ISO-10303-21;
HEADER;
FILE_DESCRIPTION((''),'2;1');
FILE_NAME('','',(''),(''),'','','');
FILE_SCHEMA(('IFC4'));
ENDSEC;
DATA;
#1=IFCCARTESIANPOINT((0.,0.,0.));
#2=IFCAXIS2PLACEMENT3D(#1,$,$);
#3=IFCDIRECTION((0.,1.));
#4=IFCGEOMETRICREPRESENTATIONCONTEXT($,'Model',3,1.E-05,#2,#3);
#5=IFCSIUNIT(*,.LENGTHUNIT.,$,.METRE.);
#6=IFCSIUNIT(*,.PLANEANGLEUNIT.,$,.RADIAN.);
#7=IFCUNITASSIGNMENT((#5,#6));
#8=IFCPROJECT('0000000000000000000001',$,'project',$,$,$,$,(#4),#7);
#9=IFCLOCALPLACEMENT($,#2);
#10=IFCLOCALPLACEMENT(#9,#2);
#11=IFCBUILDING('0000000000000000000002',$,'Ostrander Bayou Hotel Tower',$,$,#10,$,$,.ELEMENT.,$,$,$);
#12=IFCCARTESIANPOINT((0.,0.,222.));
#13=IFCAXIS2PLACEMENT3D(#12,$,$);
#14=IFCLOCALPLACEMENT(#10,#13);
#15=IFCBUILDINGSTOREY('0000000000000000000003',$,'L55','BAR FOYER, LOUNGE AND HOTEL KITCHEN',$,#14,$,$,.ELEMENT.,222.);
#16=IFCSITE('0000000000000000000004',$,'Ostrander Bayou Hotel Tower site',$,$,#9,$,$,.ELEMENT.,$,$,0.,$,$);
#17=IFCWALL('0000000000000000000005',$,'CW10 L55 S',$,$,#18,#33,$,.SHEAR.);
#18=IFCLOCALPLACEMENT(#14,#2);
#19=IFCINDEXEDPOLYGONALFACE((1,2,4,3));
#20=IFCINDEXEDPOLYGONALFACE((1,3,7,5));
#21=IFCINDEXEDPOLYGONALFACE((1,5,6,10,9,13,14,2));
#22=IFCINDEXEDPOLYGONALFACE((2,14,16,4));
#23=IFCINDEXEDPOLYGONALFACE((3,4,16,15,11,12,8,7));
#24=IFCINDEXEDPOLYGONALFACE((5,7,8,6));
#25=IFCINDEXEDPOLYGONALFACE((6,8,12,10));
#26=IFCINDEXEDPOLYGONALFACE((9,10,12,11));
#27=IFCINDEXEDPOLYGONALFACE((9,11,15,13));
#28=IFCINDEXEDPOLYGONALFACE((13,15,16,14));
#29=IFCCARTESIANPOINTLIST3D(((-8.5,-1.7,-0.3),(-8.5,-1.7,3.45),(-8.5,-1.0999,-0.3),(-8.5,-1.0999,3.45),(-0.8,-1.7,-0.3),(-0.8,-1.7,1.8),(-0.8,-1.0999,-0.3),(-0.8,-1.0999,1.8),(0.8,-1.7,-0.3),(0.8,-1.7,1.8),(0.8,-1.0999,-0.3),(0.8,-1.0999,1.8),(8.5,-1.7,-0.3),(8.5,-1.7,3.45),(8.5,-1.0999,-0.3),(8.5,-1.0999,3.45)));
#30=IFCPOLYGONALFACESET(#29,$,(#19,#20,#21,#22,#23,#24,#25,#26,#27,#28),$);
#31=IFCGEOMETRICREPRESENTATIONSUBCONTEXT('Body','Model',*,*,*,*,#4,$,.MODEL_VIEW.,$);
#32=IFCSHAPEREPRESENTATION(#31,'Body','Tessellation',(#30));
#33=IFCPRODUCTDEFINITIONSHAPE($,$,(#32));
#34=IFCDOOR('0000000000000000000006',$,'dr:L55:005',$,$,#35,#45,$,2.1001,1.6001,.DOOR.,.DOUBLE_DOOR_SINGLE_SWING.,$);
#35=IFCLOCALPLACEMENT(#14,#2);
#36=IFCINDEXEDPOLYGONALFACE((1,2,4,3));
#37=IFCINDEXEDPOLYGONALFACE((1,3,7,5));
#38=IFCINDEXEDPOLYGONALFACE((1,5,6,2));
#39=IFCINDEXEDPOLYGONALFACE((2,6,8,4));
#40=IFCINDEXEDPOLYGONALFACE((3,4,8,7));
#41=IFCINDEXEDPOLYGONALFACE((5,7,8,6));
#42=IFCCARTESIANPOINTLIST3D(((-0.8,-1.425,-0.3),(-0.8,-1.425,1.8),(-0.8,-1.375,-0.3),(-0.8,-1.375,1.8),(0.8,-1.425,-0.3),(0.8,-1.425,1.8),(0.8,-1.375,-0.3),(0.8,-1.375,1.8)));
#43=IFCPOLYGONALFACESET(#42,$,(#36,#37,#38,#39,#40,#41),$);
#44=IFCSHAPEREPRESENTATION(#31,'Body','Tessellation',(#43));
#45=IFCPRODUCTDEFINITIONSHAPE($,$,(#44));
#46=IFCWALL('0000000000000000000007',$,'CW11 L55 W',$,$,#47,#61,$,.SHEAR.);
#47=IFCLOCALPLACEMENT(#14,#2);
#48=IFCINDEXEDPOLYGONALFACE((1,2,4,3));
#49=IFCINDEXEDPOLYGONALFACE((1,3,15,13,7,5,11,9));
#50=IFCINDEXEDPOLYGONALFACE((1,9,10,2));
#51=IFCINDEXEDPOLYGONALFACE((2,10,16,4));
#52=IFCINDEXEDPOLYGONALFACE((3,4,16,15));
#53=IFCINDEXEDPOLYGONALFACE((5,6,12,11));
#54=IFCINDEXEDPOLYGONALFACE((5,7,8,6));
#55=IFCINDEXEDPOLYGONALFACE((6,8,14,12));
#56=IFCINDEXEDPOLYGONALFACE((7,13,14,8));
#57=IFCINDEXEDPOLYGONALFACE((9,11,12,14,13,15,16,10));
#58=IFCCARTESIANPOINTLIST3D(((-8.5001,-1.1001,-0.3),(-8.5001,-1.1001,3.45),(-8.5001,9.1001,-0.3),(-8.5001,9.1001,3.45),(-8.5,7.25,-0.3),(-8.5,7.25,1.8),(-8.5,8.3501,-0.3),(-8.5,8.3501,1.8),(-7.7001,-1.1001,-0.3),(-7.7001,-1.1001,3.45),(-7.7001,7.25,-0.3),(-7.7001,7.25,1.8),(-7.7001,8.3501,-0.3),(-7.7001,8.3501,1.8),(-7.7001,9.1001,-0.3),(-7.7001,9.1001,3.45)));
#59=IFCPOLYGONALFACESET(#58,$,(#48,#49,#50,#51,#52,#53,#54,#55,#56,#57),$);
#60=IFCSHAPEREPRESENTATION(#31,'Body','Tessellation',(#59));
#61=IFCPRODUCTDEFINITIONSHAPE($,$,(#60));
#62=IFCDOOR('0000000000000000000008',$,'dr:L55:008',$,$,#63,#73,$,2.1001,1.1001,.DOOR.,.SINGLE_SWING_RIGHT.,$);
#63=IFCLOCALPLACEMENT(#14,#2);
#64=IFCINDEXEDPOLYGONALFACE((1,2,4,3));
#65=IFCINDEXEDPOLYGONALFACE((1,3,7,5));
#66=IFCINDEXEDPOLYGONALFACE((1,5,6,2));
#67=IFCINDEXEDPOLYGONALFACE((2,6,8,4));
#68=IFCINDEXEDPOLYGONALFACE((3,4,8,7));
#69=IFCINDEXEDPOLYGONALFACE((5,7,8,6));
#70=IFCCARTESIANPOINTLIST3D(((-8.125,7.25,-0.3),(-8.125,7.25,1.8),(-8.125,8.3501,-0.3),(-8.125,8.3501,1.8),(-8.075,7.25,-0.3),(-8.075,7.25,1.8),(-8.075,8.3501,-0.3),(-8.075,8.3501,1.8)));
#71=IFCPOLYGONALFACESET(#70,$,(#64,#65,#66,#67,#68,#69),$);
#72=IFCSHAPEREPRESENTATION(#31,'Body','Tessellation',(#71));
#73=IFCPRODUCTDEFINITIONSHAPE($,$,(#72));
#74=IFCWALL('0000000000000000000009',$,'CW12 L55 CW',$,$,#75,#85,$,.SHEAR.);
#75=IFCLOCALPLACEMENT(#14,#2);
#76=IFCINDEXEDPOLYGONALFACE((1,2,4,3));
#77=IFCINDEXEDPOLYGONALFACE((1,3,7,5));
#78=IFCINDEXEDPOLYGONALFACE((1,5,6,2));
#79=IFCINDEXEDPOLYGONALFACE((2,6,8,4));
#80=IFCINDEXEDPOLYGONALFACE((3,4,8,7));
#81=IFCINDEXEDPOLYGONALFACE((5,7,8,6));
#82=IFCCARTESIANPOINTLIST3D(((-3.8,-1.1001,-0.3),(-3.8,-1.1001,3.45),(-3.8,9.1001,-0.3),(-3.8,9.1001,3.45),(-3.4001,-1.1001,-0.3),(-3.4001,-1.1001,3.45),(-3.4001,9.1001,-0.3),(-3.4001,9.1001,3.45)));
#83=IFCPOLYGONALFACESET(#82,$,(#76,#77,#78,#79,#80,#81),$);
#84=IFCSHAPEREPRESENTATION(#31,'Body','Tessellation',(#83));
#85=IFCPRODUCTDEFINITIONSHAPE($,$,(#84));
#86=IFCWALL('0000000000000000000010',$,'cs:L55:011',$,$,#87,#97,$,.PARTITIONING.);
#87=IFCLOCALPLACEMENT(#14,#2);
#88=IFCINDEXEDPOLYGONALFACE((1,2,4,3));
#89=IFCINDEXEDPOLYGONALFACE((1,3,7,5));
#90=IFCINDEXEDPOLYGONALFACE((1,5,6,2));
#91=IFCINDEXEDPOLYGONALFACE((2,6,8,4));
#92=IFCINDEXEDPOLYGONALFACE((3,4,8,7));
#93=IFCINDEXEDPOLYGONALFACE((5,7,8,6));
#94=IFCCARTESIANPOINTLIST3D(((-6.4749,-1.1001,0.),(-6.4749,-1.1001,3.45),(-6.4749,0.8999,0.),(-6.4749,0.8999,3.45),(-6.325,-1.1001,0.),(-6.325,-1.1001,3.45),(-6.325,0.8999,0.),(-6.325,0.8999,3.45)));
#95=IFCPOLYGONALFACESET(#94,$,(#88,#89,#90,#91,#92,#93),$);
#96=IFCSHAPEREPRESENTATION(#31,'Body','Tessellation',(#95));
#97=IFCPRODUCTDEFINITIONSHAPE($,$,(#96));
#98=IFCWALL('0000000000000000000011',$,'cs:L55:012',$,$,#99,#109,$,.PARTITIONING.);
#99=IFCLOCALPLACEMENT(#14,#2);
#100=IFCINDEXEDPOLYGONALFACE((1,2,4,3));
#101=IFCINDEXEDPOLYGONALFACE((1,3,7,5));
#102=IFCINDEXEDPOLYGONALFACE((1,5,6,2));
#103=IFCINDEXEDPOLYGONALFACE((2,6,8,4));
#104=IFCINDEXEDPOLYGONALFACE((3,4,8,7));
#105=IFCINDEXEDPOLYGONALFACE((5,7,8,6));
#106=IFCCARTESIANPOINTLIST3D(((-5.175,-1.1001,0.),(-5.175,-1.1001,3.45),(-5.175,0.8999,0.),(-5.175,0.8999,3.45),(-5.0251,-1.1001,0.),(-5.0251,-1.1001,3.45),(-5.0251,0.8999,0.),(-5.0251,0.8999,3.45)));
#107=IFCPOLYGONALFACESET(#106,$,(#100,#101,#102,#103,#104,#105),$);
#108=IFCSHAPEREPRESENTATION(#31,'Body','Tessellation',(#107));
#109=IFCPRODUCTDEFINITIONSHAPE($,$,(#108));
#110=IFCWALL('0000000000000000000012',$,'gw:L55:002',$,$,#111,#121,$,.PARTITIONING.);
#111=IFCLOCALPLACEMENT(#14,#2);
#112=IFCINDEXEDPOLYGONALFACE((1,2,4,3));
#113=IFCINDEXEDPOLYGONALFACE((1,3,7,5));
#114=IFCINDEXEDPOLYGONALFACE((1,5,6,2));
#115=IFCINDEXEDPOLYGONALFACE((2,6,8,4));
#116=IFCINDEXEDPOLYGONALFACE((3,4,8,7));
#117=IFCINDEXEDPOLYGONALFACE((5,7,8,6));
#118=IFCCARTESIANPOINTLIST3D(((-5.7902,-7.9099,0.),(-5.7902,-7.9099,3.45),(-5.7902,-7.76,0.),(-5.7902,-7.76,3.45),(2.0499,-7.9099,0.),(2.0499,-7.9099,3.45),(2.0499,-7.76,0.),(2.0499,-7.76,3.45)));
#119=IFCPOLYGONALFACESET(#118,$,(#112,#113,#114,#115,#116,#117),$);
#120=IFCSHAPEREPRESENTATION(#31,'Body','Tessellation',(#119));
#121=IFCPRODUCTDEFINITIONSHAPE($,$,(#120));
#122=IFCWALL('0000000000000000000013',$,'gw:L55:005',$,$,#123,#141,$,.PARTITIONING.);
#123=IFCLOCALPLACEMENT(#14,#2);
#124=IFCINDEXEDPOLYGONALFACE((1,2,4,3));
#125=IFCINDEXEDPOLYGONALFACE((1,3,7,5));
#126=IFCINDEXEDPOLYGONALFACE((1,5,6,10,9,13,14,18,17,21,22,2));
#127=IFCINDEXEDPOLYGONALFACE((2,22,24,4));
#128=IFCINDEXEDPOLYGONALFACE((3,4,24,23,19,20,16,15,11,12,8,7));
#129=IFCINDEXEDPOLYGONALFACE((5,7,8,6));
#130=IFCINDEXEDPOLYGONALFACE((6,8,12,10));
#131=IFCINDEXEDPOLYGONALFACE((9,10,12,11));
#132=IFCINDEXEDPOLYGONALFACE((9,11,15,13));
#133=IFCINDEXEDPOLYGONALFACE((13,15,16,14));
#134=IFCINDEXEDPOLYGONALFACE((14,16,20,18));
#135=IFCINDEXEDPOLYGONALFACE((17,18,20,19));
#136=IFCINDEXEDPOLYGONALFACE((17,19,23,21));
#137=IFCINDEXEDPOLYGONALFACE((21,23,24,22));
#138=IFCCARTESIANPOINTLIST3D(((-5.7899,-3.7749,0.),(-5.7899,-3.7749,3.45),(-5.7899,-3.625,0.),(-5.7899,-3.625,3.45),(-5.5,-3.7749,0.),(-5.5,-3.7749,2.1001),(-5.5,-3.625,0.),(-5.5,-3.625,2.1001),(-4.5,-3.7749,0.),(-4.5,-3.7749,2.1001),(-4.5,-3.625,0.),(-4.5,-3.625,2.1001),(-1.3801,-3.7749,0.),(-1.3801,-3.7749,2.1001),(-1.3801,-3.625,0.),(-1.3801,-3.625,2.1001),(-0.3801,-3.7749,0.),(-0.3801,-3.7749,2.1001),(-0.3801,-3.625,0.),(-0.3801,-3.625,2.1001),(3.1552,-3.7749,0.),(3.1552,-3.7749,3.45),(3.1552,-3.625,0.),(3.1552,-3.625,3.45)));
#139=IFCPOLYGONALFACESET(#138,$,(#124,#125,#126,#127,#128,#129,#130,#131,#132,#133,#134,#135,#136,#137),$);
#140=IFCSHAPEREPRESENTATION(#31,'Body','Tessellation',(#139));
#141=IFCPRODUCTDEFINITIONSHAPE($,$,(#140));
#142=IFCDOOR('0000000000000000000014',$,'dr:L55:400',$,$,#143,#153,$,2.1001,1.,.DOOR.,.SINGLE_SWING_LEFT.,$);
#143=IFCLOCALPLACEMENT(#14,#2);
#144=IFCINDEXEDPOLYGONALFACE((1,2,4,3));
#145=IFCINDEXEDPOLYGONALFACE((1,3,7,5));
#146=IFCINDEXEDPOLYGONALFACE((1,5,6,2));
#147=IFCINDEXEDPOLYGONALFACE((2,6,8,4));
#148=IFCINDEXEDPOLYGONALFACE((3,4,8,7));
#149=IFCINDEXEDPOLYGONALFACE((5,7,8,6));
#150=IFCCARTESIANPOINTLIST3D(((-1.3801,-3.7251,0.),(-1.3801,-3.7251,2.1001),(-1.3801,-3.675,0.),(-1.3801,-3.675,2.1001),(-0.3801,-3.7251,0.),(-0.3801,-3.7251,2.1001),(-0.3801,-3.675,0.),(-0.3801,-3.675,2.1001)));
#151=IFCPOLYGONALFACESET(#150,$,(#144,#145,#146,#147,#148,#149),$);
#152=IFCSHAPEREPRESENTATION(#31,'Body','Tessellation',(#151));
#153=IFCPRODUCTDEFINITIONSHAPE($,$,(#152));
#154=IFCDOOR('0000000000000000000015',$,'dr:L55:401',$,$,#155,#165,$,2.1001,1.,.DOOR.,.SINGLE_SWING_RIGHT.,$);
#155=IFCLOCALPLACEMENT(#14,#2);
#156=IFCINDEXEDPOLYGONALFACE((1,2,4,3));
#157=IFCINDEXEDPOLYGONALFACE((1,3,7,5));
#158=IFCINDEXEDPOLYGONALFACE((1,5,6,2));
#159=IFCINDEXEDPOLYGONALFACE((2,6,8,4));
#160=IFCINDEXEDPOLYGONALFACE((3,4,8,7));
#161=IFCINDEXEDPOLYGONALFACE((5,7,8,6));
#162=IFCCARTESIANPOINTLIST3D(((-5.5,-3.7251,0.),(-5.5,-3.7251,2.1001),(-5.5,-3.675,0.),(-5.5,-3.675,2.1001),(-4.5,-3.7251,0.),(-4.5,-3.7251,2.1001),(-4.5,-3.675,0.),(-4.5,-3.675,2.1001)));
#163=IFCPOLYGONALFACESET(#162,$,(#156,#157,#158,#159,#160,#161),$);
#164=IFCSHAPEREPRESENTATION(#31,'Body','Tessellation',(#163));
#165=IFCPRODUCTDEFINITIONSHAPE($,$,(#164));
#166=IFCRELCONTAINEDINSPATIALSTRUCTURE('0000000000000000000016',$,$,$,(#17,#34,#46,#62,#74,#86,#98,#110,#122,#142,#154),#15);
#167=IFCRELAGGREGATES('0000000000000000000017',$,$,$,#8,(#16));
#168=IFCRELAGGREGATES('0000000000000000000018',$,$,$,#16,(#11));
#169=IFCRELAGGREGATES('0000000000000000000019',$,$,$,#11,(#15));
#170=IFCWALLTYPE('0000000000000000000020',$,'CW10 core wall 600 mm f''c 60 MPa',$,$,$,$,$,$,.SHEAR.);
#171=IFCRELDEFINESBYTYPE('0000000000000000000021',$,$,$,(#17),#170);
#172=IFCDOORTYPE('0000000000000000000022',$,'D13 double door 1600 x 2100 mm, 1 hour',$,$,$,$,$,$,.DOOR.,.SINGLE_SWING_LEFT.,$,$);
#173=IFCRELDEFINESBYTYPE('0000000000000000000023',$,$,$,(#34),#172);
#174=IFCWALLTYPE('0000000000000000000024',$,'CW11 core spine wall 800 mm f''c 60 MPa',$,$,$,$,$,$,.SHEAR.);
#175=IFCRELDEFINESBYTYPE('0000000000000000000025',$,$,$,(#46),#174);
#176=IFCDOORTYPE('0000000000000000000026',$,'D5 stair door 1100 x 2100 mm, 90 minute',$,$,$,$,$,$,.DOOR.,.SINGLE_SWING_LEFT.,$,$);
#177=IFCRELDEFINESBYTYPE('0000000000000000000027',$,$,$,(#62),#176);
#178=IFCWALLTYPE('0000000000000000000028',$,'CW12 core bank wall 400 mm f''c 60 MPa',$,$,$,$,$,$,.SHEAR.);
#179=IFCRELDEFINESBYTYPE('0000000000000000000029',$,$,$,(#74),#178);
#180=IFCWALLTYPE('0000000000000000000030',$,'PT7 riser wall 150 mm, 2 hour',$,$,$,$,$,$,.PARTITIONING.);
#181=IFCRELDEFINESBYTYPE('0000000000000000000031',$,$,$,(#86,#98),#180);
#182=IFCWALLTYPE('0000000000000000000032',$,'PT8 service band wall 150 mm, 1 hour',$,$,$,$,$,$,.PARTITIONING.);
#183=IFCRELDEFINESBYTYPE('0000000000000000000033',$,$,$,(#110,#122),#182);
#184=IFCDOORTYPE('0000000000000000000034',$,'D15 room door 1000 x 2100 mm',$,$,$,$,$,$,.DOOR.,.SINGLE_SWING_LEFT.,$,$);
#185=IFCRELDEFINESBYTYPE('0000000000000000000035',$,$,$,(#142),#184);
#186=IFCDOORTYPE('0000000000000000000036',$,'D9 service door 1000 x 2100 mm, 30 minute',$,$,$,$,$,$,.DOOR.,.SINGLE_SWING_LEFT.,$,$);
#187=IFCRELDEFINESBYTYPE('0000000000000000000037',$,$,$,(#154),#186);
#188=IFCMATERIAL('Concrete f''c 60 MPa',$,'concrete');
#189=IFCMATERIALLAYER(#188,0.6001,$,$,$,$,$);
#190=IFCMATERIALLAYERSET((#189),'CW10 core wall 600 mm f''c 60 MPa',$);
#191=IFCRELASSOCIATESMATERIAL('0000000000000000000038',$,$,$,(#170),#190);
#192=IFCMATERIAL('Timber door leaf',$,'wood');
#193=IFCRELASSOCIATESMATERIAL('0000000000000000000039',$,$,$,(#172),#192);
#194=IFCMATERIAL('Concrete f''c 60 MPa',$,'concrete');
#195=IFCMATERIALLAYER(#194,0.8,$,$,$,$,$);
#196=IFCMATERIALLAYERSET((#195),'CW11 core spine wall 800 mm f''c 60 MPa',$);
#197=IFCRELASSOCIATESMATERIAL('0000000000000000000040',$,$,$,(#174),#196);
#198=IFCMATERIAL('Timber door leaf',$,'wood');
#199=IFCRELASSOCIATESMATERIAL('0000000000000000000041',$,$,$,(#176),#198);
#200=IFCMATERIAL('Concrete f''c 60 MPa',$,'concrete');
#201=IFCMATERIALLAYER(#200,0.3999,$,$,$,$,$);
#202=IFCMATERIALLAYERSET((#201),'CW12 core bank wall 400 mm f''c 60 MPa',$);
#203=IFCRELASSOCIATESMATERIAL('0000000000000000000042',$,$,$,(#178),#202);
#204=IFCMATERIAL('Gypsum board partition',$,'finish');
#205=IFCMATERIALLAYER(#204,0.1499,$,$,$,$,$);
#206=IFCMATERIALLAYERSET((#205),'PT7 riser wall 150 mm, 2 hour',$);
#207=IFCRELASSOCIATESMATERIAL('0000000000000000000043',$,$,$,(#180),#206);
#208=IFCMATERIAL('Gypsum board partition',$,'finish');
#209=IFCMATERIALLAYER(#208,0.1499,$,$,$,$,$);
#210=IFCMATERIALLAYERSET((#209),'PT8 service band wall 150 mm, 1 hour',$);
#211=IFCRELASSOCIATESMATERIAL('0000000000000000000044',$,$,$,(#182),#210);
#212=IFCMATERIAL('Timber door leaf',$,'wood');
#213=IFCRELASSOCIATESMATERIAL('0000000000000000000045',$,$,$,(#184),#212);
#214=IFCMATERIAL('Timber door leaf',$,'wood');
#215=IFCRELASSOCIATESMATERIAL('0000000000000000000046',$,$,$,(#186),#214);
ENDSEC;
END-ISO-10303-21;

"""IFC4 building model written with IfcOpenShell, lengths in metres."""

from ifc_helpers import new_model, si_unit, direction, frame, frame_2d, origin, place, context, subcontext, project, spatial, rectangle, extrude, material, layer, layer_set, type_object, element, fill, save


model = new_model("IFC4")

# Units and contexts
model_context = context("Model", 3, precision=1e-05, world=origin(), true_north=direction((0.0, 1.0)))
body_context = subcontext(model_context, "Body", "Model", "MODEL_VIEW")
ifc_project = project(units=[si_unit("LENGTHUNIT", "METRE"), si_unit("PLANEANGLEUNIT", "RADIAN")], contexts=[model_context])

# Site, building, storey
site_placement = place(None, origin())
site = spatial("IfcSite", under=ifc_project, at=site_placement, Name="Ostrander Bayou Hotel Tower site", CompositionType="ELEMENT", RefElevation=0.0)
building_placement = place(site_placement, origin())
building = spatial("IfcBuilding", under=site, at=building_placement, Name="Ostrander Bayou Hotel Tower", CompositionType="ELEMENT")
storey_placement = place(building_placement, frame((0.0, 0.0, 222.0)))
storey = spatial("IfcBuildingStorey", under=building, at=storey_placement, Name="L55", Description="BAR FOYER, LOUNGE AND HOTEL KITCHEN", CompositionType="ELEMENT", Elevation=222.0)

# Walls, openings, doors
ifc_material_1 = material(Name="Concrete f'c 60 MPa", Category="concrete")
ifc_layer_1 = layer(ifc_material_1, 0.6001)
ifc_layer_set_1 = layer_set([ifc_layer_1], Name="CW10 core wall 600 mm f'c 60 MPa")
wall_type_1 = type_object("IfcWallType", Name="CW10 core wall 600 mm f'c 60 MPa", PredefinedType="SHEAR", material=ifc_layer_set_1)
wall_1_placement = place(storey_placement, frame((-8.5, -1.3999, -0.3), z_axis=(0.0, 0.0, 1.0), x_axis=(1.0, 0.0, 0.0)))
wall_1 = element("IfcWall", 1, at=wall_1_placement, inside=storey, type_object=wall_type_1, Name="CW10 L55 S", PredefinedType="SHEAR", context=body_context, shape_type="SweptSolid", body=[
    extrude(rectangle(XDim=17.0, YDim=0.6001, at=frame_2d((8.5, 0.0))), origin(), (0.0, 0.0, 1.0), 3.75),
])
opening_1_placement = place(wall_1_placement, frame((7.7, 0.0, 0.0)))
opening_1 = element("IfcOpeningElement", 2, at=opening_1_placement, cuts=wall_1, PredefinedType="OPENING", context=body_context, shape_type="SweptSolid", body=[
    extrude(rectangle(XDim=1.6001, YDim=2.1001, at=frame_2d((0.8, 1.05))), frame((0.0, 0.3, 0.0), z_axis=(0.0, -1.0, 0.0), x_axis=(1.0, 0.0, 0.0)), (0.0, 0.0, 1.0), 0.6001),
])
ifc_material_2 = material(Name="Timber door leaf", Category="wood")
door_type_1 = type_object("IfcDoorType", Name="D13 double door 1600 x 2100 mm, 1 hour", OperationType="SINGLE_SWING_LEFT", PredefinedType="DOOR", material=ifc_material_2)
door_1_placement = place(opening_1_placement, origin())
door_1 = element("IfcDoor", 3, at=door_1_placement, inside=storey, type_object=door_type_1, Name="dr:L55:005", OperationType="DOUBLE_DOOR_SINGLE_SWING", OverallHeight=2.1001, OverallWidth=1.6001, PredefinedType="DOOR", context=body_context, shape_type="SweptSolid", body=[
    extrude(rectangle(XDim=1.6001, YDim=2.1001, at=frame_2d((0.8, 1.05))), frame((0.0, 0.0249, 0.0), z_axis=(0.0, -1.0, 0.0), x_axis=(1.0, 0.0, 0.0)), (0.0, 0.0, 1.0), 0.05),
])
fill(opening_1, door_1)
ifc_material_3 = material(Name="Concrete f'c 60 MPa", Category="concrete")
ifc_layer_2 = layer(ifc_material_3, 0.8)
ifc_layer_set_2 = layer_set([ifc_layer_2], Name="CW11 core spine wall 800 mm f'c 60 MPa")
wall_type_2 = type_object("IfcWallType", Name="CW11 core spine wall 800 mm f'c 60 MPa", PredefinedType="SHEAR", material=ifc_layer_set_2)
wall_2_placement = place(storey_placement, frame((-8.1001, -1.1001, -0.3), z_axis=(0.0, 0.0, 1.0), x_axis=(0.0, 1.0, 0.0)))
wall_2 = element("IfcWall", 4, at=wall_2_placement, inside=storey, type_object=wall_type_2, Name="CW11 L55 W", PredefinedType="SHEAR", context=body_context, shape_type="SweptSolid", body=[
    extrude(rectangle(XDim=10.2002, YDim=0.8, at=frame_2d((5.1001, 0.0))), origin(), (0.0, 0.0, 1.0), 3.75),
])
opening_2_placement = place(wall_2_placement, frame((8.3501, 0.0, 0.0)))
opening_2 = element("IfcOpeningElement", 5, at=opening_2_placement, cuts=wall_2, PredefinedType="OPENING", context=body_context, shape_type="SweptSolid", body=[
    extrude(rectangle(XDim=1.1001, YDim=2.1001, at=frame_2d((0.55, 1.05))), frame((0.0, 0.3999, 0.0), z_axis=(0.0, -1.0, 0.0), x_axis=(1.0, 0.0, 0.0)), (0.0, 0.0, 1.0), 0.8),
])
ifc_material_4 = material(Name="Timber door leaf", Category="wood")
door_type_2 = type_object("IfcDoorType", Name="D5 stair door 1100 x 2100 mm, 90 minute", OperationType="SINGLE_SWING_LEFT", PredefinedType="DOOR", material=ifc_material_4)
door_2_placement = place(opening_2_placement, origin())
door_2 = element("IfcDoor", 6, at=door_2_placement, inside=storey, type_object=door_type_2, Name="dr:L55:008", OperationType="SINGLE_SWING_RIGHT", OverallHeight=2.1001, OverallWidth=1.1001, PredefinedType="DOOR", context=body_context, shape_type="SweptSolid", body=[
    extrude(rectangle(XDim=1.1001, YDim=2.1001, at=frame_2d((0.55, 1.05))), frame((0.0, 0.0249, 0.0), z_axis=(0.0, -1.0, 0.0), x_axis=(1.0, 0.0, 0.0)), (0.0, 0.0, 1.0), 0.05),
])
fill(opening_2, door_2)

# Walls
ifc_material_5 = material(Name="Concrete f'c 60 MPa", Category="concrete")
ifc_layer_3 = layer(ifc_material_5, 0.3999)
ifc_layer_set_3 = layer_set([ifc_layer_3], Name="CW12 core bank wall 400 mm f'c 60 MPa")
wall_type_3 = type_object("IfcWallType", Name="CW12 core bank wall 400 mm f'c 60 MPa", PredefinedType="SHEAR", material=ifc_layer_set_3)
wall_3_placement = place(storey_placement, frame((-3.6001, -1.1001, -0.3), z_axis=(0.0, 0.0, 1.0), x_axis=(0.0, 1.0, 0.0)))
element("IfcWall", 7, at=wall_3_placement, inside=storey, type_object=wall_type_3, Name="CW12 L55 CW", PredefinedType="SHEAR", context=body_context, shape_type="SweptSolid", body=[
    extrude(rectangle(XDim=10.2002, YDim=0.3999, at=frame_2d((5.1001, 0.0))), origin(), (0.0, 0.0, 1.0), 3.75),
])
ifc_material_6 = material(Name="Gypsum board partition", Category="finish")
ifc_layer_4 = layer(ifc_material_6, 0.1499)
ifc_layer_set_4 = layer_set([ifc_layer_4], Name="PT7 riser wall 150 mm, 2 hour")
wall_type_4 = type_object("IfcWallType", Name="PT7 riser wall 150 mm, 2 hour", PredefinedType="PARTITIONING", material=ifc_layer_set_4)
for number, where, z_axis, x_axis, name in (
    (8, (-6.3999, -1.1001, 0.0), (0.0, 0.0, 1.0), (0.0, 1.0, 0.0), "cs:L55:011"),
    (9, (-5.1001, -1.1001, 0.0), (0.0, 0.0, 1.0), (0.0, 1.0, 0.0), "cs:L55:012"),
):
    element("IfcWall", number, at=place(storey_placement, frame(where, z_axis=z_axis, x_axis=x_axis)), inside=storey, type_object=wall_type_4, Name=name, PredefinedType="PARTITIONING", context=body_context, shape_type="SweptSolid", body=[
        extrude(rectangle(XDim=2.0, YDim=0.1499, at=frame_2d((1.0, 0.0))), origin(), (0.0, 0.0, 1.0), 3.45),
    ])
ifc_material_7 = material(Name="Gypsum board partition", Category="finish")
ifc_layer_5 = layer(ifc_material_7, 0.1499)
ifc_layer_set_5 = layer_set([ifc_layer_5], Name="PT8 service band wall 150 mm, 1 hour")
wall_type_5 = type_object("IfcWallType", Name="PT8 service band wall 150 mm, 1 hour", PredefinedType="PARTITIONING", material=ifc_layer_set_5)
wall_4_placement = place(storey_placement, frame((-5.79, -7.835, 0.0), z_axis=(0.0, 0.0, 1.0), x_axis=(1.0, 0.0, 0.0)))
element("IfcWall", 10, at=wall_4_placement, inside=storey, type_object=wall_type_5, Name="gw:L55:002", PredefinedType="PARTITIONING", context=body_context, shape_type="SweptSolid", body=[
    extrude(rectangle(XDim=7.8401, YDim=0.1499, at=frame_2d((3.9199, 0.0))), origin(), (0.0, 0.0, 1.0), 3.45),
])

# Wall, openings, doors
wall_5_placement = place(storey_placement, frame((-5.79, -3.7, 0.0), z_axis=(0.0, 0.0, 1.0), x_axis=(1.0, 0.0, 0.0)))
wall_5 = element("IfcWall", 11, at=wall_5_placement, inside=storey, type_object=wall_type_5, Name="gw:L55:005", PredefinedType="PARTITIONING", context=body_context, shape_type="SweptSolid", body=[
    extrude(rectangle(XDim=8.9451, YDim=0.1499, at=frame_2d((4.4727, 0.0))), origin(), (0.0, 0.0, 1.0), 3.45),
])
opening_3_placement = place(wall_5_placement, frame((4.4099, 0.0, 0.0)))
opening_3 = element("IfcOpeningElement", 12, at=opening_3_placement, cuts=wall_5, PredefinedType="OPENING", context=body_context, shape_type="SweptSolid", body=[
    extrude(rectangle(XDim=1.0, YDim=2.1001, at=frame_2d((0.5, 1.05))), frame((0.0, 0.075, 0.0), z_axis=(0.0, -1.0, 0.0), x_axis=(1.0, 0.0, 0.0)), (0.0, 0.0, 1.0), 0.1499),
])
opening_4_placement = place(wall_5_placement, frame((0.29, 0.0, 0.0)))
opening_4 = element("IfcOpeningElement", 13, at=opening_4_placement, cuts=wall_5, PredefinedType="OPENING", context=body_context, shape_type="SweptSolid", body=[
    extrude(rectangle(XDim=1.0, YDim=2.1001, at=frame_2d((0.5, 1.05))), frame((0.0, 0.075, 0.0), z_axis=(0.0, -1.0, 0.0), x_axis=(1.0, 0.0, 0.0)), (0.0, 0.0, 1.0), 0.1499),
])
ifc_material_8 = material(Name="Timber door leaf", Category="wood")
door_type_3 = type_object("IfcDoorType", Name="D15 room door 1000 x 2100 mm", OperationType="SINGLE_SWING_LEFT", PredefinedType="DOOR", material=ifc_material_8)
door_3_placement = place(opening_3_placement, origin())
door_3 = element("IfcDoor", 14, at=door_3_placement, inside=storey, type_object=door_type_3, Name="dr:L55:400", OperationType="SINGLE_SWING_LEFT", OverallHeight=2.1001, OverallWidth=1.0, PredefinedType="DOOR", context=body_context, shape_type="SweptSolid", body=[
    extrude(rectangle(XDim=1.0, YDim=2.1001, at=frame_2d((0.5, 1.05))), frame((0.0, 0.0249, 0.0), z_axis=(0.0, -1.0, 0.0), x_axis=(1.0, 0.0, 0.0)), (0.0, 0.0, 1.0), 0.05),
])
fill(opening_3, door_3)
ifc_material_9 = material(Name="Timber door leaf", Category="wood")
door_type_4 = type_object("IfcDoorType", Name="D9 service door 1000 x 2100 mm, 30 minute", OperationType="SINGLE_SWING_LEFT", PredefinedType="DOOR", material=ifc_material_9)
door_4_placement = place(opening_4_placement, origin())
door_4 = element("IfcDoor", 15, at=door_4_placement, inside=storey, type_object=door_type_4, Name="dr:L55:401", OperationType="SINGLE_SWING_RIGHT", OverallHeight=2.1001, OverallWidth=1.0, PredefinedType="DOOR", context=body_context, shape_type="SweptSolid", body=[
    extrude(rectangle(XDim=1.0, YDim=2.1001, at=frame_2d((0.5, 1.05))), frame((0.0, 0.0249, 0.0), z_axis=(0.0, -1.0, 0.0), x_axis=(1.0, 0.0, 0.0)), (0.0, 0.0, 1.0), 0.05),
])
fill(opening_4, door_4)

save(model, "model.ifc")
